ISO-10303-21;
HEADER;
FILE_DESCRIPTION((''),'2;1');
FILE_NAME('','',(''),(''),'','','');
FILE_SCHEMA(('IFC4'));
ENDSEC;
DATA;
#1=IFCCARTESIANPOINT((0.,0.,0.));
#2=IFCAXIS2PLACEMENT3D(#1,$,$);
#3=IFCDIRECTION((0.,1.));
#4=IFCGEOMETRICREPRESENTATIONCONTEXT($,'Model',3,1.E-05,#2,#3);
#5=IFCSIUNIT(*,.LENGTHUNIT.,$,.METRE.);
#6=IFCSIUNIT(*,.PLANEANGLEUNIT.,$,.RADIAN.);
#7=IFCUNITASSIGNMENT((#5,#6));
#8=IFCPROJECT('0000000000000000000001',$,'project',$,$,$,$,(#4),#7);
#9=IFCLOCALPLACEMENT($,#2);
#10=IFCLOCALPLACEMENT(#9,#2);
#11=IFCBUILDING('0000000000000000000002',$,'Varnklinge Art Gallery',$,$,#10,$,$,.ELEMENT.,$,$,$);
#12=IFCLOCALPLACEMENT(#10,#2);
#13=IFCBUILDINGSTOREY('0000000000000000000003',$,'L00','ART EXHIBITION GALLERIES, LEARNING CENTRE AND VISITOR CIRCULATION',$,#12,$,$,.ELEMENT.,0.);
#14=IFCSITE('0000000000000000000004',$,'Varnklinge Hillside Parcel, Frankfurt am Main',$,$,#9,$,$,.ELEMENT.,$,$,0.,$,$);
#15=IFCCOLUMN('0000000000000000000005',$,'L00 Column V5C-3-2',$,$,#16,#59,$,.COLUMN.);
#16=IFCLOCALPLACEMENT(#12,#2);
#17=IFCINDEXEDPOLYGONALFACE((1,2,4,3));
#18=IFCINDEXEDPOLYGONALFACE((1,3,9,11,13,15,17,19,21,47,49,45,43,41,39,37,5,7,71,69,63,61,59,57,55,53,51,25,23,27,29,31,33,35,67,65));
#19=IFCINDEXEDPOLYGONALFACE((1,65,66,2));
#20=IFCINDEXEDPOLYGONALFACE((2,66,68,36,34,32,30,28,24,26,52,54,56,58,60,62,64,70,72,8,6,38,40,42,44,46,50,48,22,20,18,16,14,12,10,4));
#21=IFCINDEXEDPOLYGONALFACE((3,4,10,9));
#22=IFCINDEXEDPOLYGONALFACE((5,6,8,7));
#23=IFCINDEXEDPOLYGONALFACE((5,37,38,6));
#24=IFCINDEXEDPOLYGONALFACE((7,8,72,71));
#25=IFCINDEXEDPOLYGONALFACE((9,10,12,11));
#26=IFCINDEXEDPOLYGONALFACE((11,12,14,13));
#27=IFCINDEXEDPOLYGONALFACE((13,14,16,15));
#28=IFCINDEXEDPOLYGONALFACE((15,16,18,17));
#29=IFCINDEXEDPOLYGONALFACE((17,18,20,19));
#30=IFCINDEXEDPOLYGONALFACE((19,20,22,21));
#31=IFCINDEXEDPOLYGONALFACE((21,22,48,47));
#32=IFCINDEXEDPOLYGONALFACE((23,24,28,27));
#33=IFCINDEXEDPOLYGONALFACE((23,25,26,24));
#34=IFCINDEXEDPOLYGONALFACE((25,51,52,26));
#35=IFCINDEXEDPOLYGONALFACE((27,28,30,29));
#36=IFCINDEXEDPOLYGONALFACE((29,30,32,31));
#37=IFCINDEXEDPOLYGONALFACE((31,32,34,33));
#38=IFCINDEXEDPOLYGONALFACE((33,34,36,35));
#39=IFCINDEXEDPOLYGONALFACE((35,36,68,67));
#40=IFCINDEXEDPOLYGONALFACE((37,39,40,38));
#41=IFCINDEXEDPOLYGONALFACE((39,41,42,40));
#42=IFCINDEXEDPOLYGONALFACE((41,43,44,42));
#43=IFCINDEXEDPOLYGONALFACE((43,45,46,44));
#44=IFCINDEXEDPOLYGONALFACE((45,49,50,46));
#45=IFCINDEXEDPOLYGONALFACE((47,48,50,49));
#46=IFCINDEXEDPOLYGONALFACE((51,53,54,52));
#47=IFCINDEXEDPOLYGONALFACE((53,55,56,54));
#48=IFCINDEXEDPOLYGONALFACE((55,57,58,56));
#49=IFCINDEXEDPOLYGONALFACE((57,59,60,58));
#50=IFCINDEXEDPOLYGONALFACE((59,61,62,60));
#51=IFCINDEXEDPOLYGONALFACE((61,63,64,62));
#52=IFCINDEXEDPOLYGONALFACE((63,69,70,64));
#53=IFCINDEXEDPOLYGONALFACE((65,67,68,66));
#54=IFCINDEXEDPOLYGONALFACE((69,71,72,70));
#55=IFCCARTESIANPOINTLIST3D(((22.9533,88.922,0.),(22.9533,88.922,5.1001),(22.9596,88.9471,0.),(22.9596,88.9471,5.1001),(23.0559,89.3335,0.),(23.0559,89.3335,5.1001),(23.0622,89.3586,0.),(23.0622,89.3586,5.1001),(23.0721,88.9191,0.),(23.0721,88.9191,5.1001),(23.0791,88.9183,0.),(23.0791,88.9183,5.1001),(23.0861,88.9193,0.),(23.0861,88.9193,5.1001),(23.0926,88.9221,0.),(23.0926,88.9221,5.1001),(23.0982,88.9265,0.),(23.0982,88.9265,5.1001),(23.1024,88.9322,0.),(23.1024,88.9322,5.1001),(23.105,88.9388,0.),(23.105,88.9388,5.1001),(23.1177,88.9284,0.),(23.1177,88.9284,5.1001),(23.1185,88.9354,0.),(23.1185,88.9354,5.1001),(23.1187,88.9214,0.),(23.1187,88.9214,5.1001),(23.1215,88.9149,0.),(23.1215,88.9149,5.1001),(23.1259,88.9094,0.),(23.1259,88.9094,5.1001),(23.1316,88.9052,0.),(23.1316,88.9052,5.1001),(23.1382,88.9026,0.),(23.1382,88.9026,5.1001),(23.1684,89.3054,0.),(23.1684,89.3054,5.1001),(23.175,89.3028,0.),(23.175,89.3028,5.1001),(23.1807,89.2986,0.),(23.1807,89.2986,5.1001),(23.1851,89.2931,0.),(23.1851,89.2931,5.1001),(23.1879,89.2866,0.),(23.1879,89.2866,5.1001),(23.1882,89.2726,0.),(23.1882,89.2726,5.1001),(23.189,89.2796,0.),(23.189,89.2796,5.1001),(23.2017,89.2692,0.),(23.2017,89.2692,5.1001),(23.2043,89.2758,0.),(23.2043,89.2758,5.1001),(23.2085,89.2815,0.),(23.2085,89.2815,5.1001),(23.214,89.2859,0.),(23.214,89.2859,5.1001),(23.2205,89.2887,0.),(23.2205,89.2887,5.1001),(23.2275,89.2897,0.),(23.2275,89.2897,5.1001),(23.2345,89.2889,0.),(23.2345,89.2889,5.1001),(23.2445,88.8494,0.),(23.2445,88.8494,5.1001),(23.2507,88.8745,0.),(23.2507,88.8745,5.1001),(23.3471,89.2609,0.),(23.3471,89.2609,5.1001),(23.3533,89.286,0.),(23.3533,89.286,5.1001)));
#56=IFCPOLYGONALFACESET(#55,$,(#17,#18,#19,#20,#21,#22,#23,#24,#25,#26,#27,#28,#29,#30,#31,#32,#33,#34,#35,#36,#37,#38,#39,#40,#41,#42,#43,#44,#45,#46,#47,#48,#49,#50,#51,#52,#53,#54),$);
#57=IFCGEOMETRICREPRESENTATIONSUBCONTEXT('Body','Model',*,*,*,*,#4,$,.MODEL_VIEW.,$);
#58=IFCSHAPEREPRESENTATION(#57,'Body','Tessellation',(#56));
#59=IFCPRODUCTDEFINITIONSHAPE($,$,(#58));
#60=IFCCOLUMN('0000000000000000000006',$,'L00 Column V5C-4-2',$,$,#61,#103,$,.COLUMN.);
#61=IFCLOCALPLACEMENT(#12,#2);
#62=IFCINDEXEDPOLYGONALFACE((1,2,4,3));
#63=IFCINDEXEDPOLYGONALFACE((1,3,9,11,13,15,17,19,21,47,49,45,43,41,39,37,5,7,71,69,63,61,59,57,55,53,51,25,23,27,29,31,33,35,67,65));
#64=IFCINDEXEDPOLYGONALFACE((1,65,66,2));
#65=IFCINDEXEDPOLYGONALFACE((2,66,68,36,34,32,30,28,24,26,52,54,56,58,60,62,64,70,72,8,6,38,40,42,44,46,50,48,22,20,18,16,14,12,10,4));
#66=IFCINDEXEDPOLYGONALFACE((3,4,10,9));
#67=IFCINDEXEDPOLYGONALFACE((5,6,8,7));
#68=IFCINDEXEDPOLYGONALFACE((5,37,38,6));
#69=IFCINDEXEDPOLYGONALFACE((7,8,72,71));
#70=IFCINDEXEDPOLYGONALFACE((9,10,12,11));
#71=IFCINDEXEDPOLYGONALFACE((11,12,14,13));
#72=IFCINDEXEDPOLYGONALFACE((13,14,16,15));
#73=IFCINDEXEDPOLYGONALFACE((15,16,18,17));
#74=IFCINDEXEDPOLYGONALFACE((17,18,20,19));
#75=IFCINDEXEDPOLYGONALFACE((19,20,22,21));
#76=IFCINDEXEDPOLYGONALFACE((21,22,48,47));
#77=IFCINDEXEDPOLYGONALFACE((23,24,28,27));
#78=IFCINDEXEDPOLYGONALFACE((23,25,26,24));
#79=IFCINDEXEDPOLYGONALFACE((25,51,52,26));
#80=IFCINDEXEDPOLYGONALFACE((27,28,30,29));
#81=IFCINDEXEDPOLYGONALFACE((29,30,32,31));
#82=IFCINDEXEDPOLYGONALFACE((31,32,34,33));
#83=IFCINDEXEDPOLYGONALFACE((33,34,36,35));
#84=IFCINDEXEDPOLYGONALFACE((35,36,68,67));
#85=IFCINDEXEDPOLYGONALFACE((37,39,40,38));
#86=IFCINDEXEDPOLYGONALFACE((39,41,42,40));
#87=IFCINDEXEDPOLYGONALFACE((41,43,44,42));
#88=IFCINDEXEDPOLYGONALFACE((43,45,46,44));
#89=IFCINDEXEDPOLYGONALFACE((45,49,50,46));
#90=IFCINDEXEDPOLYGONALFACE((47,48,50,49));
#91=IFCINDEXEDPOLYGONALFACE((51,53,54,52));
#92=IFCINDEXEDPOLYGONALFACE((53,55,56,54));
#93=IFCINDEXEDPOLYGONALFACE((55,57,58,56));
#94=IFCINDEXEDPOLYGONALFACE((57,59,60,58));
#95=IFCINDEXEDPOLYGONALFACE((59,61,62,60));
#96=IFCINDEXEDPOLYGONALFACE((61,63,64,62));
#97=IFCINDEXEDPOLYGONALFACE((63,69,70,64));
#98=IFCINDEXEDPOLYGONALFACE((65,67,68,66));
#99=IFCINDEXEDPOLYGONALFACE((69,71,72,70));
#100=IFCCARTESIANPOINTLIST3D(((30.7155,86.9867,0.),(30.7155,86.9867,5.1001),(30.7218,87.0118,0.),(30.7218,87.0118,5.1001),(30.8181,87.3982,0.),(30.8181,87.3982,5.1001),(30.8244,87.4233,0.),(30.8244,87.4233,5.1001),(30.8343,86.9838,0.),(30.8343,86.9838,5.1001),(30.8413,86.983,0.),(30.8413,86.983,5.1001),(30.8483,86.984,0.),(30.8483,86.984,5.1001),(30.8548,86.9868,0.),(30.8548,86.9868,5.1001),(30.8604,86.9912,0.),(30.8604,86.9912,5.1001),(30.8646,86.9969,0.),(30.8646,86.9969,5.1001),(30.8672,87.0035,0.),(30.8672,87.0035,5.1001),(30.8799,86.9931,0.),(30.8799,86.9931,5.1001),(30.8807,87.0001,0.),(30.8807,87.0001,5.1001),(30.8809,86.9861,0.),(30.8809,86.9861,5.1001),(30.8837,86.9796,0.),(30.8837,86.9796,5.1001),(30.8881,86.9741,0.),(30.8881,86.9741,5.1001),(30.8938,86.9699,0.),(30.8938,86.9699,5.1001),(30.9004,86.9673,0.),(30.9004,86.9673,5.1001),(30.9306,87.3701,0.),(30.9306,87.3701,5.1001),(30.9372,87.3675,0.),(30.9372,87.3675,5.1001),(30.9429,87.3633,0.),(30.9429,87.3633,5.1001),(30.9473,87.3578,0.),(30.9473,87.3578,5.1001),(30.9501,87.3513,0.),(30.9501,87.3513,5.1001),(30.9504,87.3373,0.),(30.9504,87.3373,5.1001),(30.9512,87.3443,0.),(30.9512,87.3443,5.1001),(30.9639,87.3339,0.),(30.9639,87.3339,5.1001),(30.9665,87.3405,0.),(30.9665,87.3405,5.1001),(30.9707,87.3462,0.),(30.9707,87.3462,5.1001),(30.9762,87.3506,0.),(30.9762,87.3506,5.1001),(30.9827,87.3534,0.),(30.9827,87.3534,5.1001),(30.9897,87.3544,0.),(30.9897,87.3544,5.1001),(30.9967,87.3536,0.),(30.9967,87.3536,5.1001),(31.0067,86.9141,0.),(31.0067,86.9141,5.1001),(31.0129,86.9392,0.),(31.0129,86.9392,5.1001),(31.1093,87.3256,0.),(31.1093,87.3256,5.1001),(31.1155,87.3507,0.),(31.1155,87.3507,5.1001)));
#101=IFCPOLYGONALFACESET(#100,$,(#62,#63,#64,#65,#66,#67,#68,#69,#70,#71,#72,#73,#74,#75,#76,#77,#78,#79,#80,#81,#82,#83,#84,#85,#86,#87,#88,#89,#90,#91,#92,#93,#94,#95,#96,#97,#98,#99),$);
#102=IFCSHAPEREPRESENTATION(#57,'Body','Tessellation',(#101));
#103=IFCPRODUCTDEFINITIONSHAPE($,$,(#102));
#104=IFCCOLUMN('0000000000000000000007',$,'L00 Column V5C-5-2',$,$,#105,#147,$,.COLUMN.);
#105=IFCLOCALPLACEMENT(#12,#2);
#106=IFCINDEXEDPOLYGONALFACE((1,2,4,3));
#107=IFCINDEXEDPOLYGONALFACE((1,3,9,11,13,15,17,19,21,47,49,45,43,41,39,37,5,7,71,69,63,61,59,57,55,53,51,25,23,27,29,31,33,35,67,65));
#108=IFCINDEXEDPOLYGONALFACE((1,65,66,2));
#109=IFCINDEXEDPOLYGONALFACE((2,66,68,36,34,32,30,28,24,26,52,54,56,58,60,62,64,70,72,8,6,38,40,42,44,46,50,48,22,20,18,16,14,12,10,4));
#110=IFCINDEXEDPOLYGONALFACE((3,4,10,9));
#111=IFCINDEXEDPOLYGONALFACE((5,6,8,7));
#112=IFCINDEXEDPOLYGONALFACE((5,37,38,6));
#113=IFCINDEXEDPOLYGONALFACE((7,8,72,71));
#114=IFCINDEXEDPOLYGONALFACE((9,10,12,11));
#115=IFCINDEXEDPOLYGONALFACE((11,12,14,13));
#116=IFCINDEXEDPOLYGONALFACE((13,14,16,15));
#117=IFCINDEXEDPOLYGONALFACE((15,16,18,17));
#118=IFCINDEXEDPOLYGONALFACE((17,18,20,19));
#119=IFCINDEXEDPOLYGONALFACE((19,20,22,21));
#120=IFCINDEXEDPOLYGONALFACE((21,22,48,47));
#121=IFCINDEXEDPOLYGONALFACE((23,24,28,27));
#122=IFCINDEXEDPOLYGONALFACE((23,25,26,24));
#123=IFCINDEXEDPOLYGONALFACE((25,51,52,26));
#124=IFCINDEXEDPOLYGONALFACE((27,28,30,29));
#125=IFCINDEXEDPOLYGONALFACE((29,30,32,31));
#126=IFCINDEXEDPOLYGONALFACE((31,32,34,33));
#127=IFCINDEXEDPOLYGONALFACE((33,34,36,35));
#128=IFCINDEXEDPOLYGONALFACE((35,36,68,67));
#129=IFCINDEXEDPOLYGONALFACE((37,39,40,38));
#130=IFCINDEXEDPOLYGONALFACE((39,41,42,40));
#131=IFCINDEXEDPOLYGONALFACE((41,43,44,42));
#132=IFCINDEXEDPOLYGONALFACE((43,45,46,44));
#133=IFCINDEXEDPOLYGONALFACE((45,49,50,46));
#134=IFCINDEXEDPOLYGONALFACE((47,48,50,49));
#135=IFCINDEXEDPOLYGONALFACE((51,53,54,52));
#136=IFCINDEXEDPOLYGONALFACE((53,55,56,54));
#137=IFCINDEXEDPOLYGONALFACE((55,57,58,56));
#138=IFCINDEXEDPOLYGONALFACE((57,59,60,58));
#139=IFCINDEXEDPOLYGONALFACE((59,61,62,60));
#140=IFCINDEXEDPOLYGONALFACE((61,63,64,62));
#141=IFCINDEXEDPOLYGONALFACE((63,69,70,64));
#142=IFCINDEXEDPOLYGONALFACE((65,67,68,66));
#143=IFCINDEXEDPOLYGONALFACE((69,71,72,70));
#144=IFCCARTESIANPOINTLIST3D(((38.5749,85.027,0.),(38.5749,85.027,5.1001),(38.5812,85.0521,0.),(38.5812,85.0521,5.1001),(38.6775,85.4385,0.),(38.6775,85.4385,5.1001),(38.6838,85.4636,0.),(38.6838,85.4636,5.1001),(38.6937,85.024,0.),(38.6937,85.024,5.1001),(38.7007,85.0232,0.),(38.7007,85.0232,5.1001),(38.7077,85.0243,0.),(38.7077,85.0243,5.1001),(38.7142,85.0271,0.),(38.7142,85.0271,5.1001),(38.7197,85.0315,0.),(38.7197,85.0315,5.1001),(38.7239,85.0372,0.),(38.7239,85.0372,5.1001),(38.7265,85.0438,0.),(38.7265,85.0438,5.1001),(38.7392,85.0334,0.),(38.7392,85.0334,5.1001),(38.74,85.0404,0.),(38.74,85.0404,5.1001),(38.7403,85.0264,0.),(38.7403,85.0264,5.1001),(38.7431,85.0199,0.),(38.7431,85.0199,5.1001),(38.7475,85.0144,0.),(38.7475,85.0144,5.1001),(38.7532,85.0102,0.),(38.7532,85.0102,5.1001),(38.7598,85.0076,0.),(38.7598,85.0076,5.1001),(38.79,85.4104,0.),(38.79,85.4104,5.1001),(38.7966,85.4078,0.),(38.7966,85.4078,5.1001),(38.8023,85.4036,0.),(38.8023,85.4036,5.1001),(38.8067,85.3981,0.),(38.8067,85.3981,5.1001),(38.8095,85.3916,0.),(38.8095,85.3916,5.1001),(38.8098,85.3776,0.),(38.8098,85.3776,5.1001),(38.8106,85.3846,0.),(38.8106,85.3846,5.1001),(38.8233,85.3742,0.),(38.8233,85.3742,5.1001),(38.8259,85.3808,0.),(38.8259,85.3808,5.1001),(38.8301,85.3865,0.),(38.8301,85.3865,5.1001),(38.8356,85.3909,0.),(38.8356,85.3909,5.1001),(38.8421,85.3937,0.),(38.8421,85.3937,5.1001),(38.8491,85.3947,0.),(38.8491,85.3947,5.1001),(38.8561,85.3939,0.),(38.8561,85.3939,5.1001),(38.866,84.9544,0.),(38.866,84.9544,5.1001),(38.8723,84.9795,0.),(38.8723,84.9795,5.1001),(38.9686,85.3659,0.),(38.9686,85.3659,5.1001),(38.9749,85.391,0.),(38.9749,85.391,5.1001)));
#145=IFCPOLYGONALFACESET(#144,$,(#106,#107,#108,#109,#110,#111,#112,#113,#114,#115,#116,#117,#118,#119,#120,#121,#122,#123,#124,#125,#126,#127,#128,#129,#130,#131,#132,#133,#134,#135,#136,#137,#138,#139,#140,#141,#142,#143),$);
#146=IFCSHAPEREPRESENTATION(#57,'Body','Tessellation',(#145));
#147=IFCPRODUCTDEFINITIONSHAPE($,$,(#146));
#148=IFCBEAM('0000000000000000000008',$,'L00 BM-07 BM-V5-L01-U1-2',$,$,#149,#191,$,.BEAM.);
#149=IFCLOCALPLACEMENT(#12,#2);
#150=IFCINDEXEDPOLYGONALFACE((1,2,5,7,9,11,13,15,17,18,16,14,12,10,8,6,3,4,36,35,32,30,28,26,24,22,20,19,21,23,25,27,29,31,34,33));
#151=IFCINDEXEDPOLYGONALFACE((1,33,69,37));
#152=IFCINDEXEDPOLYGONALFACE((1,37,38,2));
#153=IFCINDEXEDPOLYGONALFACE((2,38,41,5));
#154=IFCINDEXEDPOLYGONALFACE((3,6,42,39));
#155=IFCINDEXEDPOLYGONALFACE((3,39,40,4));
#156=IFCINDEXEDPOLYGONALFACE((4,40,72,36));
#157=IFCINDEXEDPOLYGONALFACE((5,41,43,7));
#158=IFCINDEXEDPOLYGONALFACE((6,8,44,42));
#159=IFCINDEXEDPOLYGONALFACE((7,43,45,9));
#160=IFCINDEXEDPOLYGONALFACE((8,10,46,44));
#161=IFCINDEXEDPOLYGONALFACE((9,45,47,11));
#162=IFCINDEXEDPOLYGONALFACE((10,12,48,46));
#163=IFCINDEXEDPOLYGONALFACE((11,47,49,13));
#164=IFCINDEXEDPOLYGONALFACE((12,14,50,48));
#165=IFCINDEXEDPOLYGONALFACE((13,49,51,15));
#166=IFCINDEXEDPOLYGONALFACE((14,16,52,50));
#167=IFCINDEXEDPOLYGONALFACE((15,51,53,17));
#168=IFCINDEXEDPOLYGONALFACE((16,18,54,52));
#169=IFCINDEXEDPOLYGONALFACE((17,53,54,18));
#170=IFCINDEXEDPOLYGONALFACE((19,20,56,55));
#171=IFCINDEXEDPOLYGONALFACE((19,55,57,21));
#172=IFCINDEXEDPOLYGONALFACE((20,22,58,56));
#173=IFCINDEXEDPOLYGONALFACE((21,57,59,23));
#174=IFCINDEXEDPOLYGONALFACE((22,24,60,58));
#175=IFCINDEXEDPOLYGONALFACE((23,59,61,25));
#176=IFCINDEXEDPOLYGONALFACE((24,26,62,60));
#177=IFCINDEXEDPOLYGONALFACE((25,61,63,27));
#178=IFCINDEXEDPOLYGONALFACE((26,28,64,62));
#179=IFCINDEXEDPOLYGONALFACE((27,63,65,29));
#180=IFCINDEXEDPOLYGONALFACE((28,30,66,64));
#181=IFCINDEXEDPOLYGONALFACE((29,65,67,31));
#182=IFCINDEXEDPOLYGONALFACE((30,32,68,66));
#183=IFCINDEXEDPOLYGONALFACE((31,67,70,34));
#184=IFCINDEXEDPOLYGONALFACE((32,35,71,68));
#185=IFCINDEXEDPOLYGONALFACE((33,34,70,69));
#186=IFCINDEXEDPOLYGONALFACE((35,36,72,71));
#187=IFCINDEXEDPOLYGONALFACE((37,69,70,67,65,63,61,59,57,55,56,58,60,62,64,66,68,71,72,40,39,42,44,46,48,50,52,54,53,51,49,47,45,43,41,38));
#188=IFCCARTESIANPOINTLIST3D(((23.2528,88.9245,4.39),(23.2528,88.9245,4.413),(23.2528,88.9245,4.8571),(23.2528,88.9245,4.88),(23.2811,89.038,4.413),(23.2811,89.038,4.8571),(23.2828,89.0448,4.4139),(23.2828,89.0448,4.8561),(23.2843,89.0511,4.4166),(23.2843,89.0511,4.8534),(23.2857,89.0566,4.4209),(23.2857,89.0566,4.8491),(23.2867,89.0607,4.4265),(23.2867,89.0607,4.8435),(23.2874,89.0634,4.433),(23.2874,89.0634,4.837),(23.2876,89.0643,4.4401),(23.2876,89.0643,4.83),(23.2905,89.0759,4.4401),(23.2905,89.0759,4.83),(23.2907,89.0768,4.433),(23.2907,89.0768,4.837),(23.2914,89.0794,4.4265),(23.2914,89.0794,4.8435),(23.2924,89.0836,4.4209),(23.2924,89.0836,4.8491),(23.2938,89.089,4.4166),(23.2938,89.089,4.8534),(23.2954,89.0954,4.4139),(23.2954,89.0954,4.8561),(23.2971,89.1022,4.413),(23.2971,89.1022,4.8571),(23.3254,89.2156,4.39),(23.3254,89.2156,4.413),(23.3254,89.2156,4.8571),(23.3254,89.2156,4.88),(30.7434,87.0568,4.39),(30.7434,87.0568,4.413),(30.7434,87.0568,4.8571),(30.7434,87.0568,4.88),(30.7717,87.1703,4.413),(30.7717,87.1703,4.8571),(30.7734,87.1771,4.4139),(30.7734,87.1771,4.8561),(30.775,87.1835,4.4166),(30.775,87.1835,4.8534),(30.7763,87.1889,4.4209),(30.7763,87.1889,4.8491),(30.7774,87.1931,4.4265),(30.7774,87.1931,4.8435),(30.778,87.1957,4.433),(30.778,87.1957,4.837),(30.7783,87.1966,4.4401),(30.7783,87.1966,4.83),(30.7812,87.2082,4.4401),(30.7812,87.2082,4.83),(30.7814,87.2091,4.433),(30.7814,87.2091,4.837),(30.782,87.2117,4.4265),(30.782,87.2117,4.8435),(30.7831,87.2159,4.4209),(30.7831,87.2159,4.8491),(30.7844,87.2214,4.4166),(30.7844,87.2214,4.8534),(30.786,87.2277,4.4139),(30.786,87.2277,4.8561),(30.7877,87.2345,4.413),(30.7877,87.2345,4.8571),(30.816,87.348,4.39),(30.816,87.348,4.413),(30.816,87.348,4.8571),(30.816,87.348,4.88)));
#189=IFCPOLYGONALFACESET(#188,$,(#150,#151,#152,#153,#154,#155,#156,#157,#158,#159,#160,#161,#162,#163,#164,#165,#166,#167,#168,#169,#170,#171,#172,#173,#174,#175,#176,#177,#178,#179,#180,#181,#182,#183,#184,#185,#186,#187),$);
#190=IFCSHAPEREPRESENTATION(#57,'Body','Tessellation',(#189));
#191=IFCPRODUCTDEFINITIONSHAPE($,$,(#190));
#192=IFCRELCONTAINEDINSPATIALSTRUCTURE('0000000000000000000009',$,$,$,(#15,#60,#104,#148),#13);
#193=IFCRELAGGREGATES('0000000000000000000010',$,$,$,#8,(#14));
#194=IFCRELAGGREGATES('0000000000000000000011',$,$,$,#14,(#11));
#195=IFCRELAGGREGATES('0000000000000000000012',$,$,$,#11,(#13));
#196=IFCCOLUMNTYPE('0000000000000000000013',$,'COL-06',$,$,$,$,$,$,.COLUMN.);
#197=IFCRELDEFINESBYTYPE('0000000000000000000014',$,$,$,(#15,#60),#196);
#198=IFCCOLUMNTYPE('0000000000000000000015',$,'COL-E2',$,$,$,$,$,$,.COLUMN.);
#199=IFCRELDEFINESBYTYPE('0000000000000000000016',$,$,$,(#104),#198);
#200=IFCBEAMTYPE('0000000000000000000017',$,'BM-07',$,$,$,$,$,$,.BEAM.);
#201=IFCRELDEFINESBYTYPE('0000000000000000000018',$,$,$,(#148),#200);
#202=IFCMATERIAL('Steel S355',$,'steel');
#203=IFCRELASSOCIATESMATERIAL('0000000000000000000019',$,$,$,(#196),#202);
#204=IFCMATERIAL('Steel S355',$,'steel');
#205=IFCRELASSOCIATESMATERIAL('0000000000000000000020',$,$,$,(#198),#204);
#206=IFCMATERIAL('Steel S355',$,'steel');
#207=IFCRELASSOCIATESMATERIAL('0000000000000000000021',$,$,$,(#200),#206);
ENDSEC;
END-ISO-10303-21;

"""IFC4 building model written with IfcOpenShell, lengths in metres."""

from ifc_helpers import new_model, si_unit, direction, frame, origin, origin_2d, place, context, subcontext, project, spatial, i_section, extrude, material, material_profile, profile_set, type_object, element, save


model = new_model("IFC4")

# Units and contexts
model_context = context("Model", 3, precision=1e-05, world=origin(), true_north=direction((0.0, 1.0)))
body_context = subcontext(model_context, "Body", "Model", "MODEL_VIEW")
ifc_project = project(units=[si_unit("LENGTHUNIT", "METRE"), si_unit("PLANEANGLEUNIT", "RADIAN")], contexts=[model_context])

# Site, building, storey
site_placement = place(None, origin())
site = spatial("IfcSite", under=ifc_project, at=site_placement, Name="Varnklinge Hillside Parcel, Frankfurt am Main", CompositionType="ELEMENT", RefElevation=0.0)
building_placement = place(site_placement, origin())
building = spatial("IfcBuilding", under=site, at=building_placement, Name="Varnklinge Art Gallery", CompositionType="ELEMENT")
storey_placement = place(building_placement, origin())
storey = spatial("IfcBuildingStorey", under=building, at=storey_placement, Name="L00", Description="ART EXHIBITION GALLERIES, LEARNING CENTRE AND VISITOR CIRCULATION", CompositionType="ELEMENT", Elevation=0.0)

# Columns
ifc_material_1 = material(Name="Steel S355", Category="steel")
ifc_material_profile_1 = material_profile(ifc_material_1, i_section(OverallWidth=0.3, OverallDepth=0.45, WebThickness=0.0139, FlangeThickness=0.0259, FilletRadius=0.0271, at=origin_2d()), Name="HEB 450")
ifc_profile_set_1 = profile_set([ifc_material_profile_1], Name="Steel S355")
column_type_1 = type_object("IfcColumnType", Name="COL-06", PredefinedType="COLUMN", material=ifc_profile_set_1)
for number, where, z_axis, x_axis, name in (
    (1, (23.1533, 89.104, 0.0), (0.0, 0.0, 1.0), (0.970296, -0.241922, 0.0), "L00 Column V5C-3-2"),
    (2, (30.9155, 87.1687, 0.0), (0.0, 0.0, 1.0), (0.970296, -0.241922, 0.0), "L00 Column V5C-4-2"),
):
    element("IfcColumn", number, at=place(storey_placement, frame(where, z_axis=z_axis, x_axis=x_axis)), inside=storey, type_object=column_type_1, Name=name, PredefinedType="COLUMN", context=body_context, shape_type="SweptSolid", body=[
        extrude(i_section(OverallWidth=0.3, OverallDepth=0.45, WebThickness=0.0139, FlangeThickness=0.0259, FilletRadius=0.0271, at=origin_2d()), origin(), (0.0, 0.0, 1.0), 5.1001),
    ])
ifc_material_2 = material(Name="Steel S355", Category="steel")
ifc_material_profile_2 = material_profile(ifc_material_2, i_section(OverallWidth=0.3, OverallDepth=0.45, WebThickness=0.0139, FlangeThickness=0.0259, FilletRadius=0.0271, at=origin_2d()), Name="HEB 450")
ifc_profile_set_2 = profile_set([ifc_material_profile_2], Name="Steel S355")
column_type_2 = type_object("IfcColumnType", Name="COL-E2", PredefinedType="COLUMN", material=ifc_profile_set_2)
column_placement = place(storey_placement, frame((38.7749, 85.209, 0.0), z_axis=(0.0, 0.0, 1.0), x_axis=(0.970296, -0.241922, 0.0)))
element("IfcColumn", 3, at=column_placement, inside=storey, type_object=column_type_2, Name="L00 Column V5C-5-2", PredefinedType="COLUMN", context=body_context, shape_type="SweptSolid", body=[
    extrude(i_section(OverallWidth=0.3, OverallDepth=0.45, WebThickness=0.0139, FlangeThickness=0.0259, FilletRadius=0.0271, at=origin_2d()), origin(), (0.0, 0.0, 1.0), 5.1001),
])

# Beam
ifc_material_3 = material(Name="Steel S355", Category="steel")
ifc_material_profile_3 = material_profile(ifc_material_3, i_section(OverallWidth=0.3, OverallDepth=0.49, WebThickness=0.012, FlangeThickness=0.0229, FilletRadius=0.0271, at=origin_2d()), Name="HEA 500")
ifc_profile_set_3 = profile_set([ifc_material_profile_3], Name="Steel S355")
beam_type_1 = type_object("IfcBeamType", Name="BM-07", PredefinedType="BEAM", material=ifc_profile_set_3)
beam_1_placement = place(storey_placement, frame((23.2891, 89.0701, 4.635), z_axis=(0.970295, -0.241925, 0.0), x_axis=(0.241925, 0.970295, 0.0)))
element("IfcBeam", 4, at=beam_1_placement, inside=storey, type_object=beam_type_1, Name="L00 BM-07 BM-V5-L01-U1-2", PredefinedType="BEAM", context=body_context, shape_type="SweptSolid", body=[
    extrude(i_section(OverallWidth=0.3, OverallDepth=0.49, WebThickness=0.012, FlangeThickness=0.0229, FilletRadius=0.0271, at=origin_2d()), origin(), (0.0, 0.0, 1.0), 7.72),
])

save(model, "model.ifc")
